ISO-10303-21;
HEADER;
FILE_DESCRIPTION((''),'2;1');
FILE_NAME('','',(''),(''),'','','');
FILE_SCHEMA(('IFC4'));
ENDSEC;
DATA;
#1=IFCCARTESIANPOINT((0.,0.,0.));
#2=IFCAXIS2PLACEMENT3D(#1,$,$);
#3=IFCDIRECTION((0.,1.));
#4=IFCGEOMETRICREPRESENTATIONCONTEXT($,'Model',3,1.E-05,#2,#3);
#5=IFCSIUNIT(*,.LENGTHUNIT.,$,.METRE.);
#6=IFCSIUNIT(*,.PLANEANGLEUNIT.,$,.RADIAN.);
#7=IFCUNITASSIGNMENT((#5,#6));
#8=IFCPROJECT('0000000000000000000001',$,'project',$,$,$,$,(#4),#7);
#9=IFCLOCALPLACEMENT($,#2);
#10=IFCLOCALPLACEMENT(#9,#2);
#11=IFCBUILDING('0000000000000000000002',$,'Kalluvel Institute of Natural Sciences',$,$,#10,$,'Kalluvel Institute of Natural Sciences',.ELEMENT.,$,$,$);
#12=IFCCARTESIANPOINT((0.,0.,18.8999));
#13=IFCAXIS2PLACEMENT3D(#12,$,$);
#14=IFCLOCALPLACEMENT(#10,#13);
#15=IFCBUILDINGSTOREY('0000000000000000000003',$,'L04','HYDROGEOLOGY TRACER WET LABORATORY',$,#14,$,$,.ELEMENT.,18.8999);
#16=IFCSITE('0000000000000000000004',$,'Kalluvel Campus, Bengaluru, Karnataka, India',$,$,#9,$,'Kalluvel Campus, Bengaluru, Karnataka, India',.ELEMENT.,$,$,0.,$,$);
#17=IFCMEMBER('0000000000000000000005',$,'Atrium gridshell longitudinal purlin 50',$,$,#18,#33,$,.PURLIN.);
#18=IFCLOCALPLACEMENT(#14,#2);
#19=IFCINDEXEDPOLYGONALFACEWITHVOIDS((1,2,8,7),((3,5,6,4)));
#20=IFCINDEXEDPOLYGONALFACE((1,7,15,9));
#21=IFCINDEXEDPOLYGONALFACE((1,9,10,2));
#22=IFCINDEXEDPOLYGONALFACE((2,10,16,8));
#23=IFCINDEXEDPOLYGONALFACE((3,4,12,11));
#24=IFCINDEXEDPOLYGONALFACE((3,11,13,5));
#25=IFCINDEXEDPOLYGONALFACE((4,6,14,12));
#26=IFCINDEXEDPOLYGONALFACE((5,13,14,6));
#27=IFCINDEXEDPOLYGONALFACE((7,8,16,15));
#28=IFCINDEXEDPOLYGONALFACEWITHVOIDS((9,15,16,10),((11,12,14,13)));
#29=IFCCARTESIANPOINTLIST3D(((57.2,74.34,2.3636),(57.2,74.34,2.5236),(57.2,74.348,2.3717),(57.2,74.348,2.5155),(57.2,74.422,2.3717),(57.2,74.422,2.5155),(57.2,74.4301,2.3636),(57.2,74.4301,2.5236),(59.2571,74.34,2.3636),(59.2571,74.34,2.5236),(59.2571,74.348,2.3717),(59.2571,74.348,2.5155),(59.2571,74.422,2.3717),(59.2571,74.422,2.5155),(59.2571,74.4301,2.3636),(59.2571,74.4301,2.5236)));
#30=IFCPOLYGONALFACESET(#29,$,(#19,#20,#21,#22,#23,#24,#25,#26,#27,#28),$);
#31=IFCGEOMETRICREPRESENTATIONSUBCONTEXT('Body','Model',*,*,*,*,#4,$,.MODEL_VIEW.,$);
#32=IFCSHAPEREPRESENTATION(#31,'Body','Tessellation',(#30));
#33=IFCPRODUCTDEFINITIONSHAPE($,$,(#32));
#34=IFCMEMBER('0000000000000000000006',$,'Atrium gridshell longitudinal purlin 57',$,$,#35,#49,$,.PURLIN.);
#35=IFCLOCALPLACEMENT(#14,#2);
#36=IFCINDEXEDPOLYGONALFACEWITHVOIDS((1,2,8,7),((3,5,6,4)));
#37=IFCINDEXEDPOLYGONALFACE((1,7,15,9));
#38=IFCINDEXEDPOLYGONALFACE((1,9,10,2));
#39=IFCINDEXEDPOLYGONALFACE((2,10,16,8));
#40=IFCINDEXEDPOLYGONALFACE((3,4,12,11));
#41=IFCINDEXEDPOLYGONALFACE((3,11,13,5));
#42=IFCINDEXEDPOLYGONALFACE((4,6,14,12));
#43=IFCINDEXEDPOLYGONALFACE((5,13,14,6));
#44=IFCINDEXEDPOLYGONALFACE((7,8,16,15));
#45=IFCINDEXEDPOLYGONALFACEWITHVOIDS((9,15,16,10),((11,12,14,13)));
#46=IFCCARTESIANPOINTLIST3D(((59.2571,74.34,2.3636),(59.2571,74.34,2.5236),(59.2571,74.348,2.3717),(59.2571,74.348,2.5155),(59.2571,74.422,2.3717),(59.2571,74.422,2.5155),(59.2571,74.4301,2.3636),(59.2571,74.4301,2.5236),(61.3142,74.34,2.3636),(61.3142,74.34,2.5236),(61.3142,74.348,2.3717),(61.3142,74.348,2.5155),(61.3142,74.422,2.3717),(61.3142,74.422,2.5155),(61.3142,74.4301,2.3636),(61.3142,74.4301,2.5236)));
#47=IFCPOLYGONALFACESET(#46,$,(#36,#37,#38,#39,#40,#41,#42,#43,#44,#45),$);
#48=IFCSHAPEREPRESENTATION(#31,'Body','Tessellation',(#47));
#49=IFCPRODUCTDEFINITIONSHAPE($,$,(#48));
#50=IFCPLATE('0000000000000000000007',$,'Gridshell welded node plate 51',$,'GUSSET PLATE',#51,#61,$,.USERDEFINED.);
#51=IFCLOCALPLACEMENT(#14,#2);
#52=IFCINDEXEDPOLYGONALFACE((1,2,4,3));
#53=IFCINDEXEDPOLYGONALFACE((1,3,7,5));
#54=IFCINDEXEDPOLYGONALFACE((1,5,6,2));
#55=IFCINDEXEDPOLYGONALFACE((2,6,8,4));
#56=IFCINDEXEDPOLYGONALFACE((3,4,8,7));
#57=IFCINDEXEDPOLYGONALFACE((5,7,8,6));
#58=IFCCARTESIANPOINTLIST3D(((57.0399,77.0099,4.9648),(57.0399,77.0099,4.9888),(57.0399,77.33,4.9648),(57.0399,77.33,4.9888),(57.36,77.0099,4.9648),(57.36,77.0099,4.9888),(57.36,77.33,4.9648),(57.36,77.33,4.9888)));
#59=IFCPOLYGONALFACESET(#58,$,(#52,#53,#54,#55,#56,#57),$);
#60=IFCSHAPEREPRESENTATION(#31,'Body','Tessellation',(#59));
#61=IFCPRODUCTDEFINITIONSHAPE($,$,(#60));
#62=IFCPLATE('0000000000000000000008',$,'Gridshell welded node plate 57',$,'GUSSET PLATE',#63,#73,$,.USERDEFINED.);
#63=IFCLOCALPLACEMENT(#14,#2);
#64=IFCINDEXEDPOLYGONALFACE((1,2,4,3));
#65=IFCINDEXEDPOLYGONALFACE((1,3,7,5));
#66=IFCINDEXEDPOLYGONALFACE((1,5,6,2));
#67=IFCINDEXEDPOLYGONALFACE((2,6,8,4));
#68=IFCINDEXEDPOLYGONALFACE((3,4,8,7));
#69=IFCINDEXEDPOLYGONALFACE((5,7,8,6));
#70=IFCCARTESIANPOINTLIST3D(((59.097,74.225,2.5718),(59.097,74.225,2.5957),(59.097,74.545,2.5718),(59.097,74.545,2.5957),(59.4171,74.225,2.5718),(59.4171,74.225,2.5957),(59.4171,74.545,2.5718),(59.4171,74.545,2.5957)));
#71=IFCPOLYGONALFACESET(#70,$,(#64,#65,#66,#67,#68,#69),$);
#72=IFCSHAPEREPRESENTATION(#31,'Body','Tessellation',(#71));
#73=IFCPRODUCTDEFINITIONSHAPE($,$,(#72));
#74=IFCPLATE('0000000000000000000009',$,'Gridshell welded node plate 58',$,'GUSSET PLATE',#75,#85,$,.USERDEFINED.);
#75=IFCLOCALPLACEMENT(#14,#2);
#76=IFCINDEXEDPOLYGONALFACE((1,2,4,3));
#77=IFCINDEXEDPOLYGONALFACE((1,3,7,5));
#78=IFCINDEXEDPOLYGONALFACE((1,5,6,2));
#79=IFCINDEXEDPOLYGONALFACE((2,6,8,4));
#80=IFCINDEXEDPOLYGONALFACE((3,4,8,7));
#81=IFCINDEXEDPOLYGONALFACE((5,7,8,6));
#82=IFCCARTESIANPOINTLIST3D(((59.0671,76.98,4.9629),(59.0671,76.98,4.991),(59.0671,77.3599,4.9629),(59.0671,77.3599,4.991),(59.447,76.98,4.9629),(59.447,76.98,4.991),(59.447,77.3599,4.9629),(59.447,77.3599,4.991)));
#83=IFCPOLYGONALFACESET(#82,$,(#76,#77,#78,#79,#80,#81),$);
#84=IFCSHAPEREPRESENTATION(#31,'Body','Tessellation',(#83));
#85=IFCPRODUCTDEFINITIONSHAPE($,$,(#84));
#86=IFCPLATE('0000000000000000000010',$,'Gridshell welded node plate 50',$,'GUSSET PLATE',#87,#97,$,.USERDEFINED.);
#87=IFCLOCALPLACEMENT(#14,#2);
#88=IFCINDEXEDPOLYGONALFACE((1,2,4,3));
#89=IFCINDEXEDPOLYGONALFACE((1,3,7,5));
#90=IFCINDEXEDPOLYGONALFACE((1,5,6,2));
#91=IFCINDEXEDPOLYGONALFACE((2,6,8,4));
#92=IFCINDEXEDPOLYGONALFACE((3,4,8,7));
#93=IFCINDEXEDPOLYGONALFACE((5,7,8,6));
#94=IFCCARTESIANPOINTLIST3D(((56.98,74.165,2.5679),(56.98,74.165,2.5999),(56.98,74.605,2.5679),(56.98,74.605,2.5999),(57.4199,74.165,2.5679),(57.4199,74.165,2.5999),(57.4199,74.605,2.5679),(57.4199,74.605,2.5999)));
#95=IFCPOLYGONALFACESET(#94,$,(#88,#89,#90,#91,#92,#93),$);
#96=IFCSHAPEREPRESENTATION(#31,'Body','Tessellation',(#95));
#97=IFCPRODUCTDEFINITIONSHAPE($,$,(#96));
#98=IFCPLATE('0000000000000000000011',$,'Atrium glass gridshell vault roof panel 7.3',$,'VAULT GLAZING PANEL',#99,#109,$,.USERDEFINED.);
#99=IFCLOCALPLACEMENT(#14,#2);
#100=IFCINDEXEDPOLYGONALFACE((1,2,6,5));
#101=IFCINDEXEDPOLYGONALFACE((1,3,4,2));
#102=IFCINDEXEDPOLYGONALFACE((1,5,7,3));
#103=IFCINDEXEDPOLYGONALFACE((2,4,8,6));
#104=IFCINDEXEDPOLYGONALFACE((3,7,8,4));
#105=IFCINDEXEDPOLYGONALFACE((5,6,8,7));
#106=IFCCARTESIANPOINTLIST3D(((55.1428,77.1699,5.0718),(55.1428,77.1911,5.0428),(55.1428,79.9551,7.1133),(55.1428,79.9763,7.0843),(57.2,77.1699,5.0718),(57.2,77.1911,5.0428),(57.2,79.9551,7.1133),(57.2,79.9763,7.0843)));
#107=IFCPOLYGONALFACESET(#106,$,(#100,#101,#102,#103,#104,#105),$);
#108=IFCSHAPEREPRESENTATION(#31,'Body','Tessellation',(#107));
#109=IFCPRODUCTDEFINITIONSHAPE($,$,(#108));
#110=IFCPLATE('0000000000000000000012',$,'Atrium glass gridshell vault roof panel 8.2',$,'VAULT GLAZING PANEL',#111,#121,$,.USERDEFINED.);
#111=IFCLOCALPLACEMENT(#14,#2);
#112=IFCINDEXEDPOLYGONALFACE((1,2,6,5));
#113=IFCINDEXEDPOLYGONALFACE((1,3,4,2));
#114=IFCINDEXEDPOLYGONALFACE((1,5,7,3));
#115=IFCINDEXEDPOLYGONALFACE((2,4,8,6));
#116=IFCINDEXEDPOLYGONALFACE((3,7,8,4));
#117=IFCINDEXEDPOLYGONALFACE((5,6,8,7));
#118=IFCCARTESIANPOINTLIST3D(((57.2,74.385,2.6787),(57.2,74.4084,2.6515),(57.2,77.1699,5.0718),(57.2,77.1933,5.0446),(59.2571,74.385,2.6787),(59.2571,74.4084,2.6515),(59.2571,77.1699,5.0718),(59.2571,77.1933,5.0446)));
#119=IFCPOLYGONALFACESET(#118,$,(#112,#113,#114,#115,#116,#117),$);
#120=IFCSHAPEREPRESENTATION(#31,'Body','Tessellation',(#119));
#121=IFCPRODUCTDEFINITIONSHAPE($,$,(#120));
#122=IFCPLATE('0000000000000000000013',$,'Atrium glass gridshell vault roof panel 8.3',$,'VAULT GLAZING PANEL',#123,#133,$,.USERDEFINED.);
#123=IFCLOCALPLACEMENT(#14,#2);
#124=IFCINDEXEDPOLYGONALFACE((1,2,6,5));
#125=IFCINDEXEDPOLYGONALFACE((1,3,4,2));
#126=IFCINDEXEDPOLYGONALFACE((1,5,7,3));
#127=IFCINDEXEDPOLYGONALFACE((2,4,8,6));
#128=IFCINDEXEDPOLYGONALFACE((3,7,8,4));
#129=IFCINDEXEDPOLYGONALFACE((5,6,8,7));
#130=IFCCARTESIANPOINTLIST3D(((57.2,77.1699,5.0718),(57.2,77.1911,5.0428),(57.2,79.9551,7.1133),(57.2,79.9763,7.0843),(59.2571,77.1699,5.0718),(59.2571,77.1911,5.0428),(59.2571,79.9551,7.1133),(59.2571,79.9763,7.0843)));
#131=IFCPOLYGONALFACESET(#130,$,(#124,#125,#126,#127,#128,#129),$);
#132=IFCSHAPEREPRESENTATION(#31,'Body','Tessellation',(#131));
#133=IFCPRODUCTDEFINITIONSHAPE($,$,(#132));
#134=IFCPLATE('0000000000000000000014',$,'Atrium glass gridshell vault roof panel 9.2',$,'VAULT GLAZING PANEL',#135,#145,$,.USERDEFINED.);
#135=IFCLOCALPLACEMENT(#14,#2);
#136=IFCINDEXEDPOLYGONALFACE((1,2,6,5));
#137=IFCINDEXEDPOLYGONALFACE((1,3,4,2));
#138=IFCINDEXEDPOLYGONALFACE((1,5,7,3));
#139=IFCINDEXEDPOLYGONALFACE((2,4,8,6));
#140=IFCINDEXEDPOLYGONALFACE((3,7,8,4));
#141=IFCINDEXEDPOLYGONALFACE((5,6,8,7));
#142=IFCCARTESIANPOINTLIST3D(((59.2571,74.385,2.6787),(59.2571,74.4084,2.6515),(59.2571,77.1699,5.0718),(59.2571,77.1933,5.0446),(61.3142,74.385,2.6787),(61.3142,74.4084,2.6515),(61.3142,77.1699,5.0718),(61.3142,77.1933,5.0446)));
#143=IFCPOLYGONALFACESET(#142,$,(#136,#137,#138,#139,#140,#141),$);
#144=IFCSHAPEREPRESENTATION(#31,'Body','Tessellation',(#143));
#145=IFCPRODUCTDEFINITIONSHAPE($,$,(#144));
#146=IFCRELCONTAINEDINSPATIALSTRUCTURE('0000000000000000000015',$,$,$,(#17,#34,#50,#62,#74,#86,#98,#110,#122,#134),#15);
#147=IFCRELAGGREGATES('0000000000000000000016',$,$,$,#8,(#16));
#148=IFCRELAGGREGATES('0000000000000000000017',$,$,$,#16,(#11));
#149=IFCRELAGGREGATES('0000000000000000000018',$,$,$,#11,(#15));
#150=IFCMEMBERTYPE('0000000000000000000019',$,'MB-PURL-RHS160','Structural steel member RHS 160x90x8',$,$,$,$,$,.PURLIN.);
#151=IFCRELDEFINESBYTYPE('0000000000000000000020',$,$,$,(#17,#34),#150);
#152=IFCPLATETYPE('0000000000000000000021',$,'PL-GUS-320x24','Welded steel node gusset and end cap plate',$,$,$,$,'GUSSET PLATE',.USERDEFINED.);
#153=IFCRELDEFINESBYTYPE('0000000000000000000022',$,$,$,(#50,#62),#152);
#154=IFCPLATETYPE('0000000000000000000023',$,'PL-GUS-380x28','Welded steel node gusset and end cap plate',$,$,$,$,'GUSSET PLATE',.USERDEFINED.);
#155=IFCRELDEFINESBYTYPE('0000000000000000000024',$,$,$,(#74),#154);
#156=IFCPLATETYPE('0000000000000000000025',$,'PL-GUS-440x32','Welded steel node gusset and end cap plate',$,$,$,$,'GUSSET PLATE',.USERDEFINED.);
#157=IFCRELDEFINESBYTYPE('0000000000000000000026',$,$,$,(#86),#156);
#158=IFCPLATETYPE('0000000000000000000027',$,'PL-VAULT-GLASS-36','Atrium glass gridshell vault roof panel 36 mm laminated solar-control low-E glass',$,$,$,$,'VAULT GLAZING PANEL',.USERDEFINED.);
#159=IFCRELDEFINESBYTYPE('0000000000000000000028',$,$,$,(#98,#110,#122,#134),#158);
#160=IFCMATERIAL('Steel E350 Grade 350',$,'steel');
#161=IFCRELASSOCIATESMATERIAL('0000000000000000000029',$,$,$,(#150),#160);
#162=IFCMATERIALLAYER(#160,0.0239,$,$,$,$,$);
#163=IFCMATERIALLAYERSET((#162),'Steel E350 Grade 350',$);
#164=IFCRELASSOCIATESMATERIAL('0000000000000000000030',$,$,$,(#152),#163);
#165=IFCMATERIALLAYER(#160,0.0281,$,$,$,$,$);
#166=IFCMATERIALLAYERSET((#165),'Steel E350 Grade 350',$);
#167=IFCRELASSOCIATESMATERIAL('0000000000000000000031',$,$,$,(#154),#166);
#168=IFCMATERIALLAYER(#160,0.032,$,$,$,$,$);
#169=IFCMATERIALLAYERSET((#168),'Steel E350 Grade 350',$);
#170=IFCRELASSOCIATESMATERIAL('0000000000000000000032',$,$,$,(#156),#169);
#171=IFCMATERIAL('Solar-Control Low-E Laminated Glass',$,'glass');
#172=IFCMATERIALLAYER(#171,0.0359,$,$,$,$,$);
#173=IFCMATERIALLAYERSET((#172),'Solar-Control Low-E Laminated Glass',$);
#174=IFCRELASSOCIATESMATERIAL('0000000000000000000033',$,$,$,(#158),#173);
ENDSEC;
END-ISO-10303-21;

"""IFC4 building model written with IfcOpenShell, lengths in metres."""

from ifc_helpers import new_model, si_unit, direction, frame, origin, origin_2d, place, context, subcontext, project, spatial, polyline, rectangle, hollow_rectangle, outline, extrude, material, layer, layer_set, material_profile, profile_set, type_object, element, save


model = new_model("IFC4")

# Units and contexts
model_context = context("Model", 3, precision=1e-05, world=origin(), true_north=direction((0.0, 1.0)))
body_context = subcontext(model_context, "Body", "Model", "MODEL_VIEW")
ifc_project = project(units=[si_unit("LENGTHUNIT", "METRE"), si_unit("PLANEANGLEUNIT", "RADIAN")], contexts=[model_context])

# Site, building, storey
site_placement = place(None, origin())
site = spatial("IfcSite", under=ifc_project, at=site_placement, Name="Kalluvel Campus, Bengaluru, Karnataka, India", LongName="Kalluvel Campus, Bengaluru, Karnataka, India", CompositionType="ELEMENT", RefElevation=0.0)
building_placement = place(site_placement, origin())
building = spatial("IfcBuilding", under=site, at=building_placement, Name="Kalluvel Institute of Natural Sciences", LongName="Kalluvel Institute of Natural Sciences", CompositionType="ELEMENT")
storey_placement = place(building_placement, frame((0.0, 0.0, 18.8999)))
storey = spatial("IfcBuildingStorey", under=building, at=storey_placement, Name="L04", Description="HYDROGEOLOGY TRACER WET LABORATORY", CompositionType="ELEMENT", Elevation=18.8999)

# Members
ifc_material_1 = material(Name="Steel E350 Grade 350", Category="steel")
ifc_material_profile_1 = material_profile(ifc_material_1, hollow_rectangle(XDim=0.0901, YDim=0.1599, WallThickness=0.0081, at=origin_2d()), Name="RHS 160x90x8")
ifc_profile_set_1 = profile_set([ifc_material_profile_1], Name="Steel E350 Grade 350")
member_type_1 = type_object("IfcMemberType", Name="MB-PURL-RHS160", Description="Structural steel member RHS 160x90x8", PredefinedType="PURLIN", material=ifc_profile_set_1)
for number, where, z_axis, x_axis, name in (
    (1, (57.2, 74.385, 2.4436), (1.0, 0.0, 0.0), (0.0, 1.0, 0.0), "Atrium gridshell longitudinal purlin 50"),
    (2, (59.2571, 74.385, 2.4436), (1.0, 0.0, 0.0), (0.0, 1.0, 0.0), "Atrium gridshell longitudinal purlin 57"),
):
    element("IfcMember", number, at=place(storey_placement, frame(where, z_axis=z_axis, x_axis=x_axis)), inside=storey, type_object=member_type_1, Name=name, PredefinedType="PURLIN", context=body_context, shape_type="SweptSolid", body=[
        extrude(hollow_rectangle(XDim=0.0901, YDim=0.1599, WallThickness=0.0081, at=origin_2d()), origin(), (0.0, 0.0, 1.0), 2.0571),
    ])

# Plates
ifc_layer_1 = layer(ifc_material_1, 0.0239)
ifc_layer_set_1 = layer_set([ifc_layer_1], Name="Steel E350 Grade 350")
plate_type_1 = type_object("IfcPlateType", Name="PL-GUS-320x24", Description="Welded steel node gusset and end cap plate", ElementType="GUSSET PLATE", PredefinedType="USERDEFINED", material=ifc_layer_set_1)
for number, where, z_axis, x_axis, name in (
    (3, (57.2, 77.1699, 4.9648), (0.0, 0.0, 1.0), (1.0, 0.0, 0.0), "Gridshell welded node plate 51"),
    (4, (59.2571, 74.385, 2.5718), (0.0, 0.0, 1.0), (1.0, 0.0, 0.0), "Gridshell welded node plate 57"),
):
    element("IfcPlate", number, at=place(storey_placement, frame(where, z_axis=z_axis, x_axis=x_axis)), inside=storey, type_object=plate_type_1, Name=name, ObjectType="GUSSET PLATE", PredefinedType="USERDEFINED", context=body_context, shape_type="SweptSolid", body=[
        extrude(rectangle(XDim=0.3201, YDim=0.3201, at=origin_2d()), origin(), (0.0, 0.0, 1.0), 0.0239),
    ])
ifc_layer_2 = layer(ifc_material_1, 0.0281)
ifc_layer_set_2 = layer_set([ifc_layer_2], Name="Steel E350 Grade 350")
plate_type_2 = type_object("IfcPlateType", Name="PL-GUS-380x28", Description="Welded steel node gusset and end cap plate", ElementType="GUSSET PLATE", PredefinedType="USERDEFINED", material=ifc_layer_set_2)
plate_1_placement = place(storey_placement, frame((59.2571, 77.1699, 4.9629), z_axis=(0.0, 0.0, 1.0), x_axis=(1.0, 0.0, 0.0)))
element("IfcPlate", 5, at=plate_1_placement, inside=storey, type_object=plate_type_2, Name="Gridshell welded node plate 58", ObjectType="GUSSET PLATE", PredefinedType="USERDEFINED", context=body_context, shape_type="SweptSolid", body=[
    extrude(rectangle(XDim=0.3799, YDim=0.3799, at=origin_2d()), origin(), (0.0, 0.0, 1.0), 0.0281),
])
ifc_layer_3 = layer(ifc_material_1, 0.032)
ifc_layer_set_3 = layer_set([ifc_layer_3], Name="Steel E350 Grade 350")
plate_type_3 = type_object("IfcPlateType", Name="PL-GUS-440x32", Description="Welded steel node gusset and end cap plate", ElementType="GUSSET PLATE", PredefinedType="USERDEFINED", material=ifc_layer_set_3)
plate_2_placement = place(storey_placement, frame((57.2, 74.385, 2.5679), z_axis=(0.0, 0.0, 1.0), x_axis=(1.0, 0.0, 0.0)))
element("IfcPlate", 6, at=plate_2_placement, inside=storey, type_object=plate_type_3, Name="Gridshell welded node plate 50", ObjectType="GUSSET PLATE", PredefinedType="USERDEFINED", context=body_context, shape_type="SweptSolid", body=[
    extrude(rectangle(XDim=0.4399, YDim=0.4399, at=origin_2d()), origin(), (0.0, 0.0, 1.0), 0.032),
])
ifc_material_2 = material(Name="Solar-Control Low-E Laminated Glass", Category="glass")
ifc_layer_4 = layer(ifc_material_2, 0.0359)
ifc_layer_set_4 = layer_set([ifc_layer_4], Name="Solar-Control Low-E Laminated Glass")
plate_type_4 = type_object("IfcPlateType", Name="PL-VAULT-GLASS-36", Description="Atrium glass gridshell vault roof panel 36 mm laminated solar-control low-E glass", ElementType="VAULT GLAZING PANEL", PredefinedType="USERDEFINED", material=ifc_layer_set_4)
plate_3_placement = place(storey_placement, frame((55.1428, 77.1699, 5.0718), z_axis=(0.0, -0.591186, 0.806535), x_axis=(1.0, 0.0, 0.0)))
element("IfcPlate", 7, at=plate_3_placement, inside=storey, type_object=plate_type_4, Name="Atrium glass gridshell vault roof panel 7.3", ObjectType="VAULT GLAZING PANEL", PredefinedType="USERDEFINED", context=body_context, shape_type="SweptSolid", body=[
    extrude(outline(polyline([(0.0, 0.0), (2.0571, 0.0), (2.0571, 3.4532), (0.0, 3.4532), (0.0, 0.0)])), origin(), (0.0, 0.0, -1.0), 0.0359),
])
plate_4_placement = place(storey_placement, frame((57.2, 74.385, 2.6787), z_axis=(0.0, -0.651733, 0.758449), x_axis=(1.0, 0.0, 0.0)))
element("IfcPlate", 8, at=plate_4_placement, inside=storey, type_object=plate_type_4, Name="Atrium glass gridshell vault roof panel 8.2", ObjectType="VAULT GLAZING PANEL", PredefinedType="USERDEFINED", context=body_context, shape_type="SweptSolid", body=[
    extrude(outline(polyline([(0.0, 0.0), (2.0571, 0.0), (2.0571, 3.6719), (0.0, 3.6719), (0.0, 0.0)])), origin(), (0.0, 0.0, -1.0), 0.0359),
])
plate_5_placement = place(storey_placement, frame((57.2, 77.1699, 5.0718), z_axis=(0.0, -0.591186, 0.806535), x_axis=(1.0, 0.0, 0.0)))
element("IfcPlate", 9, at=plate_5_placement, inside=storey, type_object=plate_type_4, Name="Atrium glass gridshell vault roof panel 8.3", ObjectType="VAULT GLAZING PANEL", PredefinedType="USERDEFINED", context=body_context, shape_type="SweptSolid", body=[
    extrude(outline(polyline([(0.0, 0.0), (2.0571, 0.0), (2.0571, 3.4532), (0.0, 3.4532), (0.0, 0.0)])), origin(), (0.0, 0.0, -1.0), 0.0359),
])
plate_6_placement = place(storey_placement, frame((59.2571, 74.385, 2.6787), z_axis=(0.0, -0.651733, 0.758449), x_axis=(1.0, 0.0, 0.0)))
element("IfcPlate", 10, at=plate_6_placement, inside=storey, type_object=plate_type_4, Name="Atrium glass gridshell vault roof panel 9.2", ObjectType="VAULT GLAZING PANEL", PredefinedType="USERDEFINED", context=body_context, shape_type="SweptSolid", body=[
    extrude(outline(polyline([(0.0, 0.0), (2.0571, 0.0), (2.0571, 3.6719), (0.0, 3.6719), (0.0, 0.0)])), origin(), (0.0, 0.0, -1.0), 0.0359),
])

save(model, "model.ifc")
